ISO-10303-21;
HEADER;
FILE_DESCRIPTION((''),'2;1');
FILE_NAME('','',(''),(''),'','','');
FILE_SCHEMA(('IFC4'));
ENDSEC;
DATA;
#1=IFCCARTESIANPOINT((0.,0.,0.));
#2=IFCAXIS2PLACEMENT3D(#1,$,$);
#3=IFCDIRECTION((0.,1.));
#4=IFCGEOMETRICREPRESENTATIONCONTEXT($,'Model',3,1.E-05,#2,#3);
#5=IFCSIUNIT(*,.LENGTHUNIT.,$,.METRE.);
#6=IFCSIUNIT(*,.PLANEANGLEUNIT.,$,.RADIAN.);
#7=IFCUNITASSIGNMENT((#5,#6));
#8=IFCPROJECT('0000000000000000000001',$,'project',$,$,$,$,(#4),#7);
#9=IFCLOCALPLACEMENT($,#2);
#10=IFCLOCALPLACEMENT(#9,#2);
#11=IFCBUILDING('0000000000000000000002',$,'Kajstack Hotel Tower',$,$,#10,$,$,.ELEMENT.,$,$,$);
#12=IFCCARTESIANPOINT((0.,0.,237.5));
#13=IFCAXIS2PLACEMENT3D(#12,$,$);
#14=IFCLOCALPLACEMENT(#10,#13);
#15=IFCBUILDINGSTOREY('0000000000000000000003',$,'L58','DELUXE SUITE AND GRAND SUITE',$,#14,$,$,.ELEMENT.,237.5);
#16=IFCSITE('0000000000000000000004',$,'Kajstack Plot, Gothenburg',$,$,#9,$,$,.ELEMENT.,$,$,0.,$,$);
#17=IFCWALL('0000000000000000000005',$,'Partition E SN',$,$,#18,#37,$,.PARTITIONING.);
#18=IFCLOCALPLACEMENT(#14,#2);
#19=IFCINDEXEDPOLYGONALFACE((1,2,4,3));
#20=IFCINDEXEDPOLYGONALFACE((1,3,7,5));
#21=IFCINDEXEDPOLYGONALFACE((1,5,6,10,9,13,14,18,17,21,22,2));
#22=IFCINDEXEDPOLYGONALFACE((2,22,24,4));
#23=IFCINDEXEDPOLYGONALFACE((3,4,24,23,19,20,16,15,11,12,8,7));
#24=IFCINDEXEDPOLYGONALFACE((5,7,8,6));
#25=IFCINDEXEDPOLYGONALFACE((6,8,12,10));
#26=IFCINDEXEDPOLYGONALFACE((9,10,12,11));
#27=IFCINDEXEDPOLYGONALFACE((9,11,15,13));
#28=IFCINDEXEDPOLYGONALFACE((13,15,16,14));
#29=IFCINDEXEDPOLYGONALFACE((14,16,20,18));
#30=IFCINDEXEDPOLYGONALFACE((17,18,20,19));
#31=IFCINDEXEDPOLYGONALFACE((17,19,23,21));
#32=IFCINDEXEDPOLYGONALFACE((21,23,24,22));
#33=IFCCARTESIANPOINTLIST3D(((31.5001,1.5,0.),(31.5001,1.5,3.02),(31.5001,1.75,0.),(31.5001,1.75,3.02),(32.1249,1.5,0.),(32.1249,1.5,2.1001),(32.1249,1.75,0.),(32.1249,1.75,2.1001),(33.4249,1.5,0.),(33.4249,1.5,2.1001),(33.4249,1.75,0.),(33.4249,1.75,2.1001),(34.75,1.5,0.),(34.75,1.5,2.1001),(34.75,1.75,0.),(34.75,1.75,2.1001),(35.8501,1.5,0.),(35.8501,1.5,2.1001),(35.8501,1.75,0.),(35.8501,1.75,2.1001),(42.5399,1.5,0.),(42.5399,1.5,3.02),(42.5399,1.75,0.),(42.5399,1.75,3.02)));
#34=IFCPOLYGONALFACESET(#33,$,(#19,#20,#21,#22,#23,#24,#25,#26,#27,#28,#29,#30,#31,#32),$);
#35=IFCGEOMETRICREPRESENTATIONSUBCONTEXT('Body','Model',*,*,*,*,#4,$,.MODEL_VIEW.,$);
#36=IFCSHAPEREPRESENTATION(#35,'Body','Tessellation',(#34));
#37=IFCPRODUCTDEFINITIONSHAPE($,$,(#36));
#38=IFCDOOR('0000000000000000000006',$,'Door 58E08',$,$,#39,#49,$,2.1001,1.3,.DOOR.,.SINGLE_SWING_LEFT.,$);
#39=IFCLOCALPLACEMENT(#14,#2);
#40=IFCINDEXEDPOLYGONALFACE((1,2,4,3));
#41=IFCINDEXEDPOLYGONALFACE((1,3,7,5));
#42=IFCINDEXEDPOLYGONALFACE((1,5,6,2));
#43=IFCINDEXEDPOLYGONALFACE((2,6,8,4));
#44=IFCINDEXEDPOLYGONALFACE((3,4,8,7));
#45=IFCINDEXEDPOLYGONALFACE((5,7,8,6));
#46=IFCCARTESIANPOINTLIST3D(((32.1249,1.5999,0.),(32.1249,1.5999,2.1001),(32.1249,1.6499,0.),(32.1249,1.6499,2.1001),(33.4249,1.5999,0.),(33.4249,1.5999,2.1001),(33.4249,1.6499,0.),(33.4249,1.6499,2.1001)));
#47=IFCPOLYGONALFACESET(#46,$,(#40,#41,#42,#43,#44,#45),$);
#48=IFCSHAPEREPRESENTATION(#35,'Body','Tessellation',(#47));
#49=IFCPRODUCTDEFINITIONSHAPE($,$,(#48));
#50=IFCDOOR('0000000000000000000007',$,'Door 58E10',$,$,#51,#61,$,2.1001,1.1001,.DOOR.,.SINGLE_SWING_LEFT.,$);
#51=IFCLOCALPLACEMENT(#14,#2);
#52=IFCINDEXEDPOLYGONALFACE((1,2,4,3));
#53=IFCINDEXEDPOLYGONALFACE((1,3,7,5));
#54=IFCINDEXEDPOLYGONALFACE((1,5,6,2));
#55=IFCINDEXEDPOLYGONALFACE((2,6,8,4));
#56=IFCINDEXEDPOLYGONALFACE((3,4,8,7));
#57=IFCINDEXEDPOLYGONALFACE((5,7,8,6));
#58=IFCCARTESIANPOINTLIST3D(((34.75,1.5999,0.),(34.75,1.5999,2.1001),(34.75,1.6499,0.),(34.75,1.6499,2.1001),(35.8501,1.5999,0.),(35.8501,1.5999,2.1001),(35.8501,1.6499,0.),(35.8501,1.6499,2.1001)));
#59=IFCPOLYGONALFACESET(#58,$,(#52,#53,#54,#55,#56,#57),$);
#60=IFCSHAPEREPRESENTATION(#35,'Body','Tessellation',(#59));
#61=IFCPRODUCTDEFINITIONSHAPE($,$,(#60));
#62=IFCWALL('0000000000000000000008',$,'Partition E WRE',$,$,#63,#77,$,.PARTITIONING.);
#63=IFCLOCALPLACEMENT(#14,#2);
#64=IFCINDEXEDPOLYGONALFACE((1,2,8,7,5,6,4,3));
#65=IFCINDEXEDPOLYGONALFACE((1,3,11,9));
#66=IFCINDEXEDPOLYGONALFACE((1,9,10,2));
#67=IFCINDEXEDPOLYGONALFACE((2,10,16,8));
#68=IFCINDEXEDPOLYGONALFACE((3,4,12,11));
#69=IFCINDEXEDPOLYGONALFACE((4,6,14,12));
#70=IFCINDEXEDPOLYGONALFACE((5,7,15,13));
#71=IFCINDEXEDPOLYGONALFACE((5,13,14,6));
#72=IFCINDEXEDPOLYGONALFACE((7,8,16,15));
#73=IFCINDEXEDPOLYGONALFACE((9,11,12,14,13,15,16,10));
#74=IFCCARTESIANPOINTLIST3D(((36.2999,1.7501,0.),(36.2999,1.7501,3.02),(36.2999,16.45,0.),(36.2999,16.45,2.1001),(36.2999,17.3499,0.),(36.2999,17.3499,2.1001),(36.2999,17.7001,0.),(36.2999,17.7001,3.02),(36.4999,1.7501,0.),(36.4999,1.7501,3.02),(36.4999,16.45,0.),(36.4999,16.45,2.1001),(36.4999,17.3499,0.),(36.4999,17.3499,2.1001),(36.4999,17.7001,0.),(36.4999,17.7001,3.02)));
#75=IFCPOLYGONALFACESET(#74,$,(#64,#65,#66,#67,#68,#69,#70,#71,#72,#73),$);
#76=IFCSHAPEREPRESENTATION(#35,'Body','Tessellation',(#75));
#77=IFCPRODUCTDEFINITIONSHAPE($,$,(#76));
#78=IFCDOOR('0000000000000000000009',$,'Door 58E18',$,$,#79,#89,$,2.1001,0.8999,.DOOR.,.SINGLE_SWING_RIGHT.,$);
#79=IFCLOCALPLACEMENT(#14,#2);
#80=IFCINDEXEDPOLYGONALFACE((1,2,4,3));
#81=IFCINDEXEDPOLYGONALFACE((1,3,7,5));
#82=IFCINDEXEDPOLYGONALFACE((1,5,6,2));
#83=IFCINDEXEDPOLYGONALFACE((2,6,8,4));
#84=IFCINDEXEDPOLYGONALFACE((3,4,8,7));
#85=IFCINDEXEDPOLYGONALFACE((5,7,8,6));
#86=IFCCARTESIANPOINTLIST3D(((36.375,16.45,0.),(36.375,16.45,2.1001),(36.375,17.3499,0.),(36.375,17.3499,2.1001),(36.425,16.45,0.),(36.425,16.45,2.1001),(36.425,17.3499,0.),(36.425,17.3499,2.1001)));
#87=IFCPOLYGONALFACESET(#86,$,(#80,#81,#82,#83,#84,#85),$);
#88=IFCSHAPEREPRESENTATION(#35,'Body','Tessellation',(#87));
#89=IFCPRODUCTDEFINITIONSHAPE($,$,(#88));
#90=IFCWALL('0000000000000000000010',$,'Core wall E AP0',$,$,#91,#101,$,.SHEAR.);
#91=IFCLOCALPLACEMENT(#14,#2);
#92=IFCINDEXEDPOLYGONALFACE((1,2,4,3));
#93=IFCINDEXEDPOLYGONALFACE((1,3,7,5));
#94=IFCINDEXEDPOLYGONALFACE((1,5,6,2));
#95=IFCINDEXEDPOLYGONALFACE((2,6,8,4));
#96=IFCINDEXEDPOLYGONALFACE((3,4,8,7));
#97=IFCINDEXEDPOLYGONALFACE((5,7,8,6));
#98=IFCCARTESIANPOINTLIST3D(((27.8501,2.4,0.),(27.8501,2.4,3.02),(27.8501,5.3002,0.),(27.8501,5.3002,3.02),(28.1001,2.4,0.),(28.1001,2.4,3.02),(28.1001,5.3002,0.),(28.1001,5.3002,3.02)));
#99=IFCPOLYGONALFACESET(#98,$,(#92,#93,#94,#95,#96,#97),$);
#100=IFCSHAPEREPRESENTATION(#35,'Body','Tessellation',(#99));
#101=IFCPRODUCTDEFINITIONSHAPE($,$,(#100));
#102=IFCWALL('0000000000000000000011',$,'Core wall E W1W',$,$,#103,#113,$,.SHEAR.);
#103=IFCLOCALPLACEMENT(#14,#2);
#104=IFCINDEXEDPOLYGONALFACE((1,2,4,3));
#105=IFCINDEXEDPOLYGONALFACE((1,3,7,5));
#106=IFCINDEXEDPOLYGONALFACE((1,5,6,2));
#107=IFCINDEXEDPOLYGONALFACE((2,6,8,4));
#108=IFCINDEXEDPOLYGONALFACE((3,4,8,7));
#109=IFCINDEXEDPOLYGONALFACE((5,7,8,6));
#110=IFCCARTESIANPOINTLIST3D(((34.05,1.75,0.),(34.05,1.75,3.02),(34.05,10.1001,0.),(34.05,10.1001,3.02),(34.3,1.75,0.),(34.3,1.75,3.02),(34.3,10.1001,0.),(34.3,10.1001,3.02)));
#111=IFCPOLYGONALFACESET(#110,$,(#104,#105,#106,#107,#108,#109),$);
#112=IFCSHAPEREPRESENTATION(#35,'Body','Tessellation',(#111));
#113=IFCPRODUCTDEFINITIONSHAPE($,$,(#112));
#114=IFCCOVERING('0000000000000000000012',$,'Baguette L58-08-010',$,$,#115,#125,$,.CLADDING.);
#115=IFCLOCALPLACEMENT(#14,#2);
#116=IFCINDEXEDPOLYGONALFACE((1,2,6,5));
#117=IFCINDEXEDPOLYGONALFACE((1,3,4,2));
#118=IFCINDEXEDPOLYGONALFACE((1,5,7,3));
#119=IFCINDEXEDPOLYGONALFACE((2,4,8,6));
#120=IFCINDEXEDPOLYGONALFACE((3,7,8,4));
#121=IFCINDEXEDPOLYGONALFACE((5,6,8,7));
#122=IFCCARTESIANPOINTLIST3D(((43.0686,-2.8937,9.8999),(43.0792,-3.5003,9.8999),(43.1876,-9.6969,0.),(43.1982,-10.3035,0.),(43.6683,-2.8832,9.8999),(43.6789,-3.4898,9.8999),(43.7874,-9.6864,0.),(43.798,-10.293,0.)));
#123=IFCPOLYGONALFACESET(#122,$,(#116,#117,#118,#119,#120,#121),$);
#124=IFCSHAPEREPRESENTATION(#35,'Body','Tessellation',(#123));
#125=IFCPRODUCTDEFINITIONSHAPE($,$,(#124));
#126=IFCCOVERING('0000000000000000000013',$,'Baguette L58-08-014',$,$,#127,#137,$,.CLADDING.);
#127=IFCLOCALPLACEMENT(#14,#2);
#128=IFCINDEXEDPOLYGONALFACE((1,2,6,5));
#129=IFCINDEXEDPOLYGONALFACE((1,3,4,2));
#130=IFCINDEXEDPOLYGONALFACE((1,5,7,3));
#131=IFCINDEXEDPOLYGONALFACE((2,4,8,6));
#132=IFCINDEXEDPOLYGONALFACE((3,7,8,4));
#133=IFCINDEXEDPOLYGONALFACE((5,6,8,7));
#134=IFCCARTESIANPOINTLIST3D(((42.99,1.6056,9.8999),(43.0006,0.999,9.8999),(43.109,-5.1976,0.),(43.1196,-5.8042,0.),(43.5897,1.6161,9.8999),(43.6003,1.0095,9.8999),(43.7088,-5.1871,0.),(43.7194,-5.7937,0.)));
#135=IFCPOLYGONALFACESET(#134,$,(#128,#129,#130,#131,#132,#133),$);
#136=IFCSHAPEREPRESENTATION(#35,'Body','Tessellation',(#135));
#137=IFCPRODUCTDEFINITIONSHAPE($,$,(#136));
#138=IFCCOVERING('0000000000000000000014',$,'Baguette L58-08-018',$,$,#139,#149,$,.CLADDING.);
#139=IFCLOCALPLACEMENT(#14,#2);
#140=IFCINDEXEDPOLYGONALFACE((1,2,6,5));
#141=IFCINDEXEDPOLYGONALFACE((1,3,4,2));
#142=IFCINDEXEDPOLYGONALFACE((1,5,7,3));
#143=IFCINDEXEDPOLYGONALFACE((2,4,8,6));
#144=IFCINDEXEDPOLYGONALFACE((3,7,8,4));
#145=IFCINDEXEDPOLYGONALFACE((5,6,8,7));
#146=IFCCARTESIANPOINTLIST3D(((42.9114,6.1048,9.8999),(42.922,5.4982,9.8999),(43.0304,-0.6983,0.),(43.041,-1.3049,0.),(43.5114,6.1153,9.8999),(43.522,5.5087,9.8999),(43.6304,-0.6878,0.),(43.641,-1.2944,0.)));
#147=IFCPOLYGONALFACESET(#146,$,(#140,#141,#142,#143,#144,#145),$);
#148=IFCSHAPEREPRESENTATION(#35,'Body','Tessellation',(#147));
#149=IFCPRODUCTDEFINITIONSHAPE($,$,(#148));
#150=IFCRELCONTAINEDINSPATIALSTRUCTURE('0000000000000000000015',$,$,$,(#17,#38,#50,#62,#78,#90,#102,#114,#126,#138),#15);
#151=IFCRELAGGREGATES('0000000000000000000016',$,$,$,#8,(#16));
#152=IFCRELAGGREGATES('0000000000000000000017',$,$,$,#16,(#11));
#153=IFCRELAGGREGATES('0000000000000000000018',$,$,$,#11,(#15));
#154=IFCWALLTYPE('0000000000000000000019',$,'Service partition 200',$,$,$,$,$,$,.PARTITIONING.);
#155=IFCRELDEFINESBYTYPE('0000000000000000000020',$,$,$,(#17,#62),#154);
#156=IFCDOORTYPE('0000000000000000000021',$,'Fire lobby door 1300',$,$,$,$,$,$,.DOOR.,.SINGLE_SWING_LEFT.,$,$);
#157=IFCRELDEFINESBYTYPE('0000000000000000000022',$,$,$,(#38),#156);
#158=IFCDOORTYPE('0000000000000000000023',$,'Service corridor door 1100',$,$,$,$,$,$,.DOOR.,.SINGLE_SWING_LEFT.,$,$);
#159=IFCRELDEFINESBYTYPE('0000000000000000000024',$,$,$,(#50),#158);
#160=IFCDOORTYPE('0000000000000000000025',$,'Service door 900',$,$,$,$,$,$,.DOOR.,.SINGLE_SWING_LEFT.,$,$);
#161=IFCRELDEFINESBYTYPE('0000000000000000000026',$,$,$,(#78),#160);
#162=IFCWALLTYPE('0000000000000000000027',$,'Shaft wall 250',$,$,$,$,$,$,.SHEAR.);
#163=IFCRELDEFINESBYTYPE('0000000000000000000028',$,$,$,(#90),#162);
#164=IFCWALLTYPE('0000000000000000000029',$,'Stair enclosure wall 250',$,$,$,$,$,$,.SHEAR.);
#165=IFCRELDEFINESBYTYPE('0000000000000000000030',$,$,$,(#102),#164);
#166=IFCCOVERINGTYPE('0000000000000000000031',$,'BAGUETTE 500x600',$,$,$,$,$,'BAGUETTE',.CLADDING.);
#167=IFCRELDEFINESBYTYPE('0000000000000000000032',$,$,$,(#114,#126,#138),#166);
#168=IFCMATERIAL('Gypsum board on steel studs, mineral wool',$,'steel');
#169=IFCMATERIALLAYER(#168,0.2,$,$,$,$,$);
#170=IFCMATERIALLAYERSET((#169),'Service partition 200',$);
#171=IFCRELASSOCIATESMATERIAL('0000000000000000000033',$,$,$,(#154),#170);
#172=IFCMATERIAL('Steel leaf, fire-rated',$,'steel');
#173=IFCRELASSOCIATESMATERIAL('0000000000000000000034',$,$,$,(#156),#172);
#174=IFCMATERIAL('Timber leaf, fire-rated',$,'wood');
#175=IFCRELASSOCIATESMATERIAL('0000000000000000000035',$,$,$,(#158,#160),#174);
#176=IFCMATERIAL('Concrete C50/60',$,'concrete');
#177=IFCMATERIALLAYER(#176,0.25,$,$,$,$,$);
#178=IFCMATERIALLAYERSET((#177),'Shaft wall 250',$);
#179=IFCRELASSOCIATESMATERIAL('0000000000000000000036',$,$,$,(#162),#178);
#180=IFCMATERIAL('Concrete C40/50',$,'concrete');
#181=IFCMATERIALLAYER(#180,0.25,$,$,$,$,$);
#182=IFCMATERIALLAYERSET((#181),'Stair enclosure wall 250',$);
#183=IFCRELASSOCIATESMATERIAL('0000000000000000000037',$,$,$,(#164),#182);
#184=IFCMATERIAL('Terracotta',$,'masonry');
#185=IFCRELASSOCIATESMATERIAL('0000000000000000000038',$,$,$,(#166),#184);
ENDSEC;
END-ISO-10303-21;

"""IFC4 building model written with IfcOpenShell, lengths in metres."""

from ifc_helpers import new_model, si_unit, direction, frame, frame_2d, origin, origin_2d, place, context, subcontext, project, spatial, polyline, rectangle, outline, extrude, material, layer, layer_set, material_profile, profile_set, type_object, element, fill, save


model = new_model("IFC4")

# Units and contexts
model_context = context("Model", 3, precision=1e-05, world=origin(), true_north=direction((0.0, 1.0)))
body_context = subcontext(model_context, "Body", "Model", "MODEL_VIEW")
ifc_project = project(units=[si_unit("LENGTHUNIT", "METRE"), si_unit("PLANEANGLEUNIT", "RADIAN")], contexts=[model_context])

# Site, building, storey
site_placement = place(None, origin())
site = spatial("IfcSite", under=ifc_project, at=site_placement, Name="Kajstack Plot, Gothenburg", CompositionType="ELEMENT", RefElevation=0.0)
building_placement = place(site_placement, origin())
building = spatial("IfcBuilding", under=site, at=building_placement, Name="Kajstack Hotel Tower", CompositionType="ELEMENT")
storey_placement = place(building_placement, frame((0.0, 0.0, 237.5)))
storey = spatial("IfcBuildingStorey", under=building, at=storey_placement, Name="L58", Description="DELUXE SUITE AND GRAND SUITE", CompositionType="ELEMENT", Elevation=237.5)

# Shared definitions
ifc_material_1 = material(Name="Concrete C50/60", Category="concrete")

# Wall, openings, doors
ifc_material_2 = material(Name="Gypsum board on steel studs, mineral wool", Category="steel")
ifc_layer_1 = layer(ifc_material_2, 0.2)
ifc_layer_set_1 = layer_set([ifc_layer_1], Name="Service partition 200")
wall_type_1 = type_object("IfcWallType", Name="Service partition 200", PredefinedType="PARTITIONING", material=ifc_layer_set_1)
wall_1_placement = place(storey_placement, frame((31.5, 1.625, 0.0), z_axis=(0.0, 0.0, 1.0), x_axis=(1.0, 0.0, 0.0)))
wall_1 = element("IfcWall", 1, at=wall_1_placement, inside=storey, type_object=wall_type_1, Name="Partition E SN", PredefinedType="PARTITIONING", context=body_context, shape_type="SweptSolid", body=[
    extrude(rectangle(XDim=11.0398, YDim=0.25, at=frame_2d((5.52, 0.0))), origin(), (0.0, 0.0, 1.0), 3.02),
])
opening_1_placement = place(wall_1_placement, frame((0.625, 0.0, 0.0)))
opening_1 = element("IfcOpeningElement", 2, at=opening_1_placement, cuts=wall_1, PredefinedType="OPENING", context=body_context, shape_type="SweptSolid", body=[
    extrude(rectangle(XDim=1.3, YDim=2.1001, at=frame_2d((0.6499, 1.05))), frame((0.0, 0.135, 0.0), z_axis=(0.0, -1.0, 0.0), x_axis=(1.0, 0.0, 0.0)), (0.0, 0.0, 1.0), 0.27),
])
opening_2_placement = place(wall_1_placement, frame((3.25, 0.0, 0.0)))
opening_2 = element("IfcOpeningElement", 3, at=opening_2_placement, cuts=wall_1, PredefinedType="OPENING", context=body_context, shape_type="SweptSolid", body=[
    extrude(rectangle(XDim=1.1001, YDim=2.1001, at=frame_2d((0.55, 1.05))), frame((0.0, 0.135, 0.0), z_axis=(0.0, -1.0, 0.0), x_axis=(1.0, 0.0, 0.0)), (0.0, 0.0, 1.0), 0.27),
])
ifc_material_3 = material(Name="Steel leaf, fire-rated", Category="steel")
door_type_1 = type_object("IfcDoorType", Name="Fire lobby door 1300", OperationType="SINGLE_SWING_LEFT", PredefinedType="DOOR", material=ifc_material_3)
door_1_placement = place(opening_1_placement, origin())
door_1 = element("IfcDoor", 4, at=door_1_placement, inside=storey, type_object=door_type_1, Name="Door 58E08", OperationType="SINGLE_SWING_LEFT", OverallHeight=2.1001, OverallWidth=1.3, PredefinedType="DOOR", context=body_context, shape_type="SweptSolid", body=[
    extrude(rectangle(XDim=1.3, YDim=2.1001, at=frame_2d((0.6499, 1.05))), frame((0.0, 0.0249, 0.0), z_axis=(0.0, -1.0, 0.0), x_axis=(1.0, 0.0, 0.0)), (0.0, 0.0, 1.0), 0.05),
])
fill(opening_1, door_1)
ifc_material_4 = material(Name="Timber leaf, fire-rated", Category="wood")
door_type_2 = type_object("IfcDoorType", Name="Service corridor door 1100", OperationType="SINGLE_SWING_LEFT", PredefinedType="DOOR", material=ifc_material_4)
door_2_placement = place(opening_2_placement, origin())
door_2 = element("IfcDoor", 5, at=door_2_placement, inside=storey, type_object=door_type_2, Name="Door 58E10", OperationType="SINGLE_SWING_LEFT", OverallHeight=2.1001, OverallWidth=1.1001, PredefinedType="DOOR", context=body_context, shape_type="SweptSolid", body=[
    extrude(rectangle(XDim=1.1001, YDim=2.1001, at=frame_2d((0.55, 1.05))), frame((0.0, 0.0249, 0.0), z_axis=(0.0, -1.0, 0.0), x_axis=(1.0, 0.0, 0.0)), (0.0, 0.0, 1.0), 0.05),
])
fill(opening_2, door_2)

# Wall, opening, door
wall_2_placement = place(storey_placement, frame((36.3999, 1.75, 0.0), z_axis=(0.0, 0.0, 1.0), x_axis=(0.0, 1.0, 0.0)))
wall_2 = element("IfcWall", 6, at=wall_2_placement, inside=storey, type_object=wall_type_1, Name="Partition E WRE", PredefinedType="PARTITIONING", context=body_context, shape_type="SweptSolid", body=[
    extrude(rectangle(XDim=15.95, YDim=0.2, at=frame_2d((7.9751, 0.0))), origin(), (0.0, 0.0, 1.0), 3.02),
])
opening_3_placement = place(wall_2_placement, frame((14.7, 0.0, 0.0)))
opening_3 = element("IfcOpeningElement", 7, at=opening_3_placement, cuts=wall_2, PredefinedType="OPENING", context=body_context, shape_type="SweptSolid", body=[
    extrude(rectangle(XDim=0.8999, YDim=2.1001, at=frame_2d((0.45, 1.05))), frame((0.0, 0.1099, 0.0), z_axis=(0.0, -1.0, 0.0), x_axis=(1.0, 0.0, 0.0)), (0.0, 0.0, 1.0), 0.22),
])
door_type_3 = type_object("IfcDoorType", Name="Service door 900", OperationType="SINGLE_SWING_LEFT", PredefinedType="DOOR", material=ifc_material_4)
door_3_placement = place(opening_3_placement, origin())
door_3 = element("IfcDoor", 8, at=door_3_placement, inside=storey, type_object=door_type_3, Name="Door 58E18", OperationType="SINGLE_SWING_RIGHT", OverallHeight=2.1001, OverallWidth=0.8999, PredefinedType="DOOR", context=body_context, shape_type="SweptSolid", body=[
    extrude(rectangle(XDim=0.8999, YDim=2.1001, at=frame_2d((0.45, 1.05))), frame((0.0, 0.0249, 0.0), z_axis=(0.0, -1.0, 0.0), x_axis=(1.0, 0.0, 0.0)), (0.0, 0.0, 1.0), 0.05),
])
fill(opening_3, door_3)

# Walls
ifc_layer_2 = layer(ifc_material_1, 0.25)
ifc_layer_set_2 = layer_set([ifc_layer_2], Name="Shaft wall 250")
wall_type_2 = type_object("IfcWallType", Name="Shaft wall 250", PredefinedType="SHEAR", material=ifc_layer_set_2)
wall_3_placement = place(storey_placement, frame((27.9751, 2.3999, 0.0), z_axis=(0.0, 0.0, 1.0), x_axis=(0.0, 1.0, 0.0)))
element("IfcWall", 9, at=wall_3_placement, inside=storey, type_object=wall_type_2, Name="Core wall E AP0", PredefinedType="SHEAR", context=body_context, shape_type="SweptSolid", body=[
    extrude(rectangle(XDim=2.9001, YDim=0.25, at=frame_2d((1.4502, 0.0))), origin(), (0.0, 0.0, 1.0), 3.02),
])
ifc_material_5 = material(Name="Concrete C40/50", Category="concrete")
ifc_layer_3 = layer(ifc_material_5, 0.25)
ifc_layer_set_3 = layer_set([ifc_layer_3], Name="Stair enclosure wall 250")
wall_type_3 = type_object("IfcWallType", Name="Stair enclosure wall 250", PredefinedType="SHEAR", material=ifc_layer_set_3)
wall_4_placement = place(storey_placement, frame((34.175, 1.75, 0.0), z_axis=(0.0, 0.0, 1.0), x_axis=(0.0, 1.0, 0.0)))
element("IfcWall", 10, at=wall_4_placement, inside=storey, type_object=wall_type_3, Name="Core wall E W1W", PredefinedType="SHEAR", context=body_context, shape_type="SweptSolid", body=[
    extrude(rectangle(XDim=8.3501, YDim=0.25, at=frame_2d((4.175, 0.0))), origin(), (0.0, 0.0, 1.0), 3.02),
])

# Coverings
ifc_material_6 = material(Name="Terracotta", Category="masonry")
ifc_material_profile = material_profile(ifc_material_6, rectangle(XDim=0.6001, YDim=0.5, at=origin_2d()), Name="Terracotta-clad concrete baguette 500 x 600")
ifc_profile_set = profile_set([ifc_material_profile], Name="Terracotta")
covering_type = type_object("IfcCoveringType", Name="BAGUETTE 500x600", ElementType="BAGUETTE", PredefinedType="CLADDING", material=ifc_profile_set)
for number, where, z_axis, x_axis, name in (
    (11, (43.1982, -10.3035, 0.0), (0.999847, 0.017498, 0.0), (-0.017498, 0.999847, 0.0), "Baguette L58-08-010"),
    (12, (43.1196, -5.8042, 0.0), (0.999847, 0.017498, 0.0), (-0.017498, 0.999847, 0.0), "Baguette L58-08-014"),
):
    element("IfcCovering", number, at=place(storey_placement, frame(where, z_axis=z_axis, x_axis=x_axis)), inside=storey, type_object=covering_type, Name=name, PredefinedType="CLADDING", context=body_context, shape_type="SweptSolid", body=[
        extrude(outline(polyline([(6.8042, 9.8999), (0.0, 0.0), (0.6067, 0.0), (7.4109, 9.8999), (6.8042, 9.8999)])), origin(), (0.0, 0.0, 1.0), 0.5999),
    ])
covering_placement = place(storey_placement, frame((43.041, -1.3049, 0.0), z_axis=(0.999847, 0.017491, 0.0), x_axis=(-0.017491, 0.999847, 0.0)))
element("IfcCovering", 13, at=covering_placement, inside=storey, type_object=covering_type, Name="Baguette L58-08-018", PredefinedType="CLADDING", context=body_context, shape_type="SweptSolid", body=[
    extrude(outline(polyline([(6.8042, 9.8999), (0.0, 0.0), (0.6067, 0.0), (7.4109, 9.8999), (6.8042, 9.8999)])), origin(), (0.0, 0.0, 1.0), 0.6001),
])

save(model, "model.ifc")
